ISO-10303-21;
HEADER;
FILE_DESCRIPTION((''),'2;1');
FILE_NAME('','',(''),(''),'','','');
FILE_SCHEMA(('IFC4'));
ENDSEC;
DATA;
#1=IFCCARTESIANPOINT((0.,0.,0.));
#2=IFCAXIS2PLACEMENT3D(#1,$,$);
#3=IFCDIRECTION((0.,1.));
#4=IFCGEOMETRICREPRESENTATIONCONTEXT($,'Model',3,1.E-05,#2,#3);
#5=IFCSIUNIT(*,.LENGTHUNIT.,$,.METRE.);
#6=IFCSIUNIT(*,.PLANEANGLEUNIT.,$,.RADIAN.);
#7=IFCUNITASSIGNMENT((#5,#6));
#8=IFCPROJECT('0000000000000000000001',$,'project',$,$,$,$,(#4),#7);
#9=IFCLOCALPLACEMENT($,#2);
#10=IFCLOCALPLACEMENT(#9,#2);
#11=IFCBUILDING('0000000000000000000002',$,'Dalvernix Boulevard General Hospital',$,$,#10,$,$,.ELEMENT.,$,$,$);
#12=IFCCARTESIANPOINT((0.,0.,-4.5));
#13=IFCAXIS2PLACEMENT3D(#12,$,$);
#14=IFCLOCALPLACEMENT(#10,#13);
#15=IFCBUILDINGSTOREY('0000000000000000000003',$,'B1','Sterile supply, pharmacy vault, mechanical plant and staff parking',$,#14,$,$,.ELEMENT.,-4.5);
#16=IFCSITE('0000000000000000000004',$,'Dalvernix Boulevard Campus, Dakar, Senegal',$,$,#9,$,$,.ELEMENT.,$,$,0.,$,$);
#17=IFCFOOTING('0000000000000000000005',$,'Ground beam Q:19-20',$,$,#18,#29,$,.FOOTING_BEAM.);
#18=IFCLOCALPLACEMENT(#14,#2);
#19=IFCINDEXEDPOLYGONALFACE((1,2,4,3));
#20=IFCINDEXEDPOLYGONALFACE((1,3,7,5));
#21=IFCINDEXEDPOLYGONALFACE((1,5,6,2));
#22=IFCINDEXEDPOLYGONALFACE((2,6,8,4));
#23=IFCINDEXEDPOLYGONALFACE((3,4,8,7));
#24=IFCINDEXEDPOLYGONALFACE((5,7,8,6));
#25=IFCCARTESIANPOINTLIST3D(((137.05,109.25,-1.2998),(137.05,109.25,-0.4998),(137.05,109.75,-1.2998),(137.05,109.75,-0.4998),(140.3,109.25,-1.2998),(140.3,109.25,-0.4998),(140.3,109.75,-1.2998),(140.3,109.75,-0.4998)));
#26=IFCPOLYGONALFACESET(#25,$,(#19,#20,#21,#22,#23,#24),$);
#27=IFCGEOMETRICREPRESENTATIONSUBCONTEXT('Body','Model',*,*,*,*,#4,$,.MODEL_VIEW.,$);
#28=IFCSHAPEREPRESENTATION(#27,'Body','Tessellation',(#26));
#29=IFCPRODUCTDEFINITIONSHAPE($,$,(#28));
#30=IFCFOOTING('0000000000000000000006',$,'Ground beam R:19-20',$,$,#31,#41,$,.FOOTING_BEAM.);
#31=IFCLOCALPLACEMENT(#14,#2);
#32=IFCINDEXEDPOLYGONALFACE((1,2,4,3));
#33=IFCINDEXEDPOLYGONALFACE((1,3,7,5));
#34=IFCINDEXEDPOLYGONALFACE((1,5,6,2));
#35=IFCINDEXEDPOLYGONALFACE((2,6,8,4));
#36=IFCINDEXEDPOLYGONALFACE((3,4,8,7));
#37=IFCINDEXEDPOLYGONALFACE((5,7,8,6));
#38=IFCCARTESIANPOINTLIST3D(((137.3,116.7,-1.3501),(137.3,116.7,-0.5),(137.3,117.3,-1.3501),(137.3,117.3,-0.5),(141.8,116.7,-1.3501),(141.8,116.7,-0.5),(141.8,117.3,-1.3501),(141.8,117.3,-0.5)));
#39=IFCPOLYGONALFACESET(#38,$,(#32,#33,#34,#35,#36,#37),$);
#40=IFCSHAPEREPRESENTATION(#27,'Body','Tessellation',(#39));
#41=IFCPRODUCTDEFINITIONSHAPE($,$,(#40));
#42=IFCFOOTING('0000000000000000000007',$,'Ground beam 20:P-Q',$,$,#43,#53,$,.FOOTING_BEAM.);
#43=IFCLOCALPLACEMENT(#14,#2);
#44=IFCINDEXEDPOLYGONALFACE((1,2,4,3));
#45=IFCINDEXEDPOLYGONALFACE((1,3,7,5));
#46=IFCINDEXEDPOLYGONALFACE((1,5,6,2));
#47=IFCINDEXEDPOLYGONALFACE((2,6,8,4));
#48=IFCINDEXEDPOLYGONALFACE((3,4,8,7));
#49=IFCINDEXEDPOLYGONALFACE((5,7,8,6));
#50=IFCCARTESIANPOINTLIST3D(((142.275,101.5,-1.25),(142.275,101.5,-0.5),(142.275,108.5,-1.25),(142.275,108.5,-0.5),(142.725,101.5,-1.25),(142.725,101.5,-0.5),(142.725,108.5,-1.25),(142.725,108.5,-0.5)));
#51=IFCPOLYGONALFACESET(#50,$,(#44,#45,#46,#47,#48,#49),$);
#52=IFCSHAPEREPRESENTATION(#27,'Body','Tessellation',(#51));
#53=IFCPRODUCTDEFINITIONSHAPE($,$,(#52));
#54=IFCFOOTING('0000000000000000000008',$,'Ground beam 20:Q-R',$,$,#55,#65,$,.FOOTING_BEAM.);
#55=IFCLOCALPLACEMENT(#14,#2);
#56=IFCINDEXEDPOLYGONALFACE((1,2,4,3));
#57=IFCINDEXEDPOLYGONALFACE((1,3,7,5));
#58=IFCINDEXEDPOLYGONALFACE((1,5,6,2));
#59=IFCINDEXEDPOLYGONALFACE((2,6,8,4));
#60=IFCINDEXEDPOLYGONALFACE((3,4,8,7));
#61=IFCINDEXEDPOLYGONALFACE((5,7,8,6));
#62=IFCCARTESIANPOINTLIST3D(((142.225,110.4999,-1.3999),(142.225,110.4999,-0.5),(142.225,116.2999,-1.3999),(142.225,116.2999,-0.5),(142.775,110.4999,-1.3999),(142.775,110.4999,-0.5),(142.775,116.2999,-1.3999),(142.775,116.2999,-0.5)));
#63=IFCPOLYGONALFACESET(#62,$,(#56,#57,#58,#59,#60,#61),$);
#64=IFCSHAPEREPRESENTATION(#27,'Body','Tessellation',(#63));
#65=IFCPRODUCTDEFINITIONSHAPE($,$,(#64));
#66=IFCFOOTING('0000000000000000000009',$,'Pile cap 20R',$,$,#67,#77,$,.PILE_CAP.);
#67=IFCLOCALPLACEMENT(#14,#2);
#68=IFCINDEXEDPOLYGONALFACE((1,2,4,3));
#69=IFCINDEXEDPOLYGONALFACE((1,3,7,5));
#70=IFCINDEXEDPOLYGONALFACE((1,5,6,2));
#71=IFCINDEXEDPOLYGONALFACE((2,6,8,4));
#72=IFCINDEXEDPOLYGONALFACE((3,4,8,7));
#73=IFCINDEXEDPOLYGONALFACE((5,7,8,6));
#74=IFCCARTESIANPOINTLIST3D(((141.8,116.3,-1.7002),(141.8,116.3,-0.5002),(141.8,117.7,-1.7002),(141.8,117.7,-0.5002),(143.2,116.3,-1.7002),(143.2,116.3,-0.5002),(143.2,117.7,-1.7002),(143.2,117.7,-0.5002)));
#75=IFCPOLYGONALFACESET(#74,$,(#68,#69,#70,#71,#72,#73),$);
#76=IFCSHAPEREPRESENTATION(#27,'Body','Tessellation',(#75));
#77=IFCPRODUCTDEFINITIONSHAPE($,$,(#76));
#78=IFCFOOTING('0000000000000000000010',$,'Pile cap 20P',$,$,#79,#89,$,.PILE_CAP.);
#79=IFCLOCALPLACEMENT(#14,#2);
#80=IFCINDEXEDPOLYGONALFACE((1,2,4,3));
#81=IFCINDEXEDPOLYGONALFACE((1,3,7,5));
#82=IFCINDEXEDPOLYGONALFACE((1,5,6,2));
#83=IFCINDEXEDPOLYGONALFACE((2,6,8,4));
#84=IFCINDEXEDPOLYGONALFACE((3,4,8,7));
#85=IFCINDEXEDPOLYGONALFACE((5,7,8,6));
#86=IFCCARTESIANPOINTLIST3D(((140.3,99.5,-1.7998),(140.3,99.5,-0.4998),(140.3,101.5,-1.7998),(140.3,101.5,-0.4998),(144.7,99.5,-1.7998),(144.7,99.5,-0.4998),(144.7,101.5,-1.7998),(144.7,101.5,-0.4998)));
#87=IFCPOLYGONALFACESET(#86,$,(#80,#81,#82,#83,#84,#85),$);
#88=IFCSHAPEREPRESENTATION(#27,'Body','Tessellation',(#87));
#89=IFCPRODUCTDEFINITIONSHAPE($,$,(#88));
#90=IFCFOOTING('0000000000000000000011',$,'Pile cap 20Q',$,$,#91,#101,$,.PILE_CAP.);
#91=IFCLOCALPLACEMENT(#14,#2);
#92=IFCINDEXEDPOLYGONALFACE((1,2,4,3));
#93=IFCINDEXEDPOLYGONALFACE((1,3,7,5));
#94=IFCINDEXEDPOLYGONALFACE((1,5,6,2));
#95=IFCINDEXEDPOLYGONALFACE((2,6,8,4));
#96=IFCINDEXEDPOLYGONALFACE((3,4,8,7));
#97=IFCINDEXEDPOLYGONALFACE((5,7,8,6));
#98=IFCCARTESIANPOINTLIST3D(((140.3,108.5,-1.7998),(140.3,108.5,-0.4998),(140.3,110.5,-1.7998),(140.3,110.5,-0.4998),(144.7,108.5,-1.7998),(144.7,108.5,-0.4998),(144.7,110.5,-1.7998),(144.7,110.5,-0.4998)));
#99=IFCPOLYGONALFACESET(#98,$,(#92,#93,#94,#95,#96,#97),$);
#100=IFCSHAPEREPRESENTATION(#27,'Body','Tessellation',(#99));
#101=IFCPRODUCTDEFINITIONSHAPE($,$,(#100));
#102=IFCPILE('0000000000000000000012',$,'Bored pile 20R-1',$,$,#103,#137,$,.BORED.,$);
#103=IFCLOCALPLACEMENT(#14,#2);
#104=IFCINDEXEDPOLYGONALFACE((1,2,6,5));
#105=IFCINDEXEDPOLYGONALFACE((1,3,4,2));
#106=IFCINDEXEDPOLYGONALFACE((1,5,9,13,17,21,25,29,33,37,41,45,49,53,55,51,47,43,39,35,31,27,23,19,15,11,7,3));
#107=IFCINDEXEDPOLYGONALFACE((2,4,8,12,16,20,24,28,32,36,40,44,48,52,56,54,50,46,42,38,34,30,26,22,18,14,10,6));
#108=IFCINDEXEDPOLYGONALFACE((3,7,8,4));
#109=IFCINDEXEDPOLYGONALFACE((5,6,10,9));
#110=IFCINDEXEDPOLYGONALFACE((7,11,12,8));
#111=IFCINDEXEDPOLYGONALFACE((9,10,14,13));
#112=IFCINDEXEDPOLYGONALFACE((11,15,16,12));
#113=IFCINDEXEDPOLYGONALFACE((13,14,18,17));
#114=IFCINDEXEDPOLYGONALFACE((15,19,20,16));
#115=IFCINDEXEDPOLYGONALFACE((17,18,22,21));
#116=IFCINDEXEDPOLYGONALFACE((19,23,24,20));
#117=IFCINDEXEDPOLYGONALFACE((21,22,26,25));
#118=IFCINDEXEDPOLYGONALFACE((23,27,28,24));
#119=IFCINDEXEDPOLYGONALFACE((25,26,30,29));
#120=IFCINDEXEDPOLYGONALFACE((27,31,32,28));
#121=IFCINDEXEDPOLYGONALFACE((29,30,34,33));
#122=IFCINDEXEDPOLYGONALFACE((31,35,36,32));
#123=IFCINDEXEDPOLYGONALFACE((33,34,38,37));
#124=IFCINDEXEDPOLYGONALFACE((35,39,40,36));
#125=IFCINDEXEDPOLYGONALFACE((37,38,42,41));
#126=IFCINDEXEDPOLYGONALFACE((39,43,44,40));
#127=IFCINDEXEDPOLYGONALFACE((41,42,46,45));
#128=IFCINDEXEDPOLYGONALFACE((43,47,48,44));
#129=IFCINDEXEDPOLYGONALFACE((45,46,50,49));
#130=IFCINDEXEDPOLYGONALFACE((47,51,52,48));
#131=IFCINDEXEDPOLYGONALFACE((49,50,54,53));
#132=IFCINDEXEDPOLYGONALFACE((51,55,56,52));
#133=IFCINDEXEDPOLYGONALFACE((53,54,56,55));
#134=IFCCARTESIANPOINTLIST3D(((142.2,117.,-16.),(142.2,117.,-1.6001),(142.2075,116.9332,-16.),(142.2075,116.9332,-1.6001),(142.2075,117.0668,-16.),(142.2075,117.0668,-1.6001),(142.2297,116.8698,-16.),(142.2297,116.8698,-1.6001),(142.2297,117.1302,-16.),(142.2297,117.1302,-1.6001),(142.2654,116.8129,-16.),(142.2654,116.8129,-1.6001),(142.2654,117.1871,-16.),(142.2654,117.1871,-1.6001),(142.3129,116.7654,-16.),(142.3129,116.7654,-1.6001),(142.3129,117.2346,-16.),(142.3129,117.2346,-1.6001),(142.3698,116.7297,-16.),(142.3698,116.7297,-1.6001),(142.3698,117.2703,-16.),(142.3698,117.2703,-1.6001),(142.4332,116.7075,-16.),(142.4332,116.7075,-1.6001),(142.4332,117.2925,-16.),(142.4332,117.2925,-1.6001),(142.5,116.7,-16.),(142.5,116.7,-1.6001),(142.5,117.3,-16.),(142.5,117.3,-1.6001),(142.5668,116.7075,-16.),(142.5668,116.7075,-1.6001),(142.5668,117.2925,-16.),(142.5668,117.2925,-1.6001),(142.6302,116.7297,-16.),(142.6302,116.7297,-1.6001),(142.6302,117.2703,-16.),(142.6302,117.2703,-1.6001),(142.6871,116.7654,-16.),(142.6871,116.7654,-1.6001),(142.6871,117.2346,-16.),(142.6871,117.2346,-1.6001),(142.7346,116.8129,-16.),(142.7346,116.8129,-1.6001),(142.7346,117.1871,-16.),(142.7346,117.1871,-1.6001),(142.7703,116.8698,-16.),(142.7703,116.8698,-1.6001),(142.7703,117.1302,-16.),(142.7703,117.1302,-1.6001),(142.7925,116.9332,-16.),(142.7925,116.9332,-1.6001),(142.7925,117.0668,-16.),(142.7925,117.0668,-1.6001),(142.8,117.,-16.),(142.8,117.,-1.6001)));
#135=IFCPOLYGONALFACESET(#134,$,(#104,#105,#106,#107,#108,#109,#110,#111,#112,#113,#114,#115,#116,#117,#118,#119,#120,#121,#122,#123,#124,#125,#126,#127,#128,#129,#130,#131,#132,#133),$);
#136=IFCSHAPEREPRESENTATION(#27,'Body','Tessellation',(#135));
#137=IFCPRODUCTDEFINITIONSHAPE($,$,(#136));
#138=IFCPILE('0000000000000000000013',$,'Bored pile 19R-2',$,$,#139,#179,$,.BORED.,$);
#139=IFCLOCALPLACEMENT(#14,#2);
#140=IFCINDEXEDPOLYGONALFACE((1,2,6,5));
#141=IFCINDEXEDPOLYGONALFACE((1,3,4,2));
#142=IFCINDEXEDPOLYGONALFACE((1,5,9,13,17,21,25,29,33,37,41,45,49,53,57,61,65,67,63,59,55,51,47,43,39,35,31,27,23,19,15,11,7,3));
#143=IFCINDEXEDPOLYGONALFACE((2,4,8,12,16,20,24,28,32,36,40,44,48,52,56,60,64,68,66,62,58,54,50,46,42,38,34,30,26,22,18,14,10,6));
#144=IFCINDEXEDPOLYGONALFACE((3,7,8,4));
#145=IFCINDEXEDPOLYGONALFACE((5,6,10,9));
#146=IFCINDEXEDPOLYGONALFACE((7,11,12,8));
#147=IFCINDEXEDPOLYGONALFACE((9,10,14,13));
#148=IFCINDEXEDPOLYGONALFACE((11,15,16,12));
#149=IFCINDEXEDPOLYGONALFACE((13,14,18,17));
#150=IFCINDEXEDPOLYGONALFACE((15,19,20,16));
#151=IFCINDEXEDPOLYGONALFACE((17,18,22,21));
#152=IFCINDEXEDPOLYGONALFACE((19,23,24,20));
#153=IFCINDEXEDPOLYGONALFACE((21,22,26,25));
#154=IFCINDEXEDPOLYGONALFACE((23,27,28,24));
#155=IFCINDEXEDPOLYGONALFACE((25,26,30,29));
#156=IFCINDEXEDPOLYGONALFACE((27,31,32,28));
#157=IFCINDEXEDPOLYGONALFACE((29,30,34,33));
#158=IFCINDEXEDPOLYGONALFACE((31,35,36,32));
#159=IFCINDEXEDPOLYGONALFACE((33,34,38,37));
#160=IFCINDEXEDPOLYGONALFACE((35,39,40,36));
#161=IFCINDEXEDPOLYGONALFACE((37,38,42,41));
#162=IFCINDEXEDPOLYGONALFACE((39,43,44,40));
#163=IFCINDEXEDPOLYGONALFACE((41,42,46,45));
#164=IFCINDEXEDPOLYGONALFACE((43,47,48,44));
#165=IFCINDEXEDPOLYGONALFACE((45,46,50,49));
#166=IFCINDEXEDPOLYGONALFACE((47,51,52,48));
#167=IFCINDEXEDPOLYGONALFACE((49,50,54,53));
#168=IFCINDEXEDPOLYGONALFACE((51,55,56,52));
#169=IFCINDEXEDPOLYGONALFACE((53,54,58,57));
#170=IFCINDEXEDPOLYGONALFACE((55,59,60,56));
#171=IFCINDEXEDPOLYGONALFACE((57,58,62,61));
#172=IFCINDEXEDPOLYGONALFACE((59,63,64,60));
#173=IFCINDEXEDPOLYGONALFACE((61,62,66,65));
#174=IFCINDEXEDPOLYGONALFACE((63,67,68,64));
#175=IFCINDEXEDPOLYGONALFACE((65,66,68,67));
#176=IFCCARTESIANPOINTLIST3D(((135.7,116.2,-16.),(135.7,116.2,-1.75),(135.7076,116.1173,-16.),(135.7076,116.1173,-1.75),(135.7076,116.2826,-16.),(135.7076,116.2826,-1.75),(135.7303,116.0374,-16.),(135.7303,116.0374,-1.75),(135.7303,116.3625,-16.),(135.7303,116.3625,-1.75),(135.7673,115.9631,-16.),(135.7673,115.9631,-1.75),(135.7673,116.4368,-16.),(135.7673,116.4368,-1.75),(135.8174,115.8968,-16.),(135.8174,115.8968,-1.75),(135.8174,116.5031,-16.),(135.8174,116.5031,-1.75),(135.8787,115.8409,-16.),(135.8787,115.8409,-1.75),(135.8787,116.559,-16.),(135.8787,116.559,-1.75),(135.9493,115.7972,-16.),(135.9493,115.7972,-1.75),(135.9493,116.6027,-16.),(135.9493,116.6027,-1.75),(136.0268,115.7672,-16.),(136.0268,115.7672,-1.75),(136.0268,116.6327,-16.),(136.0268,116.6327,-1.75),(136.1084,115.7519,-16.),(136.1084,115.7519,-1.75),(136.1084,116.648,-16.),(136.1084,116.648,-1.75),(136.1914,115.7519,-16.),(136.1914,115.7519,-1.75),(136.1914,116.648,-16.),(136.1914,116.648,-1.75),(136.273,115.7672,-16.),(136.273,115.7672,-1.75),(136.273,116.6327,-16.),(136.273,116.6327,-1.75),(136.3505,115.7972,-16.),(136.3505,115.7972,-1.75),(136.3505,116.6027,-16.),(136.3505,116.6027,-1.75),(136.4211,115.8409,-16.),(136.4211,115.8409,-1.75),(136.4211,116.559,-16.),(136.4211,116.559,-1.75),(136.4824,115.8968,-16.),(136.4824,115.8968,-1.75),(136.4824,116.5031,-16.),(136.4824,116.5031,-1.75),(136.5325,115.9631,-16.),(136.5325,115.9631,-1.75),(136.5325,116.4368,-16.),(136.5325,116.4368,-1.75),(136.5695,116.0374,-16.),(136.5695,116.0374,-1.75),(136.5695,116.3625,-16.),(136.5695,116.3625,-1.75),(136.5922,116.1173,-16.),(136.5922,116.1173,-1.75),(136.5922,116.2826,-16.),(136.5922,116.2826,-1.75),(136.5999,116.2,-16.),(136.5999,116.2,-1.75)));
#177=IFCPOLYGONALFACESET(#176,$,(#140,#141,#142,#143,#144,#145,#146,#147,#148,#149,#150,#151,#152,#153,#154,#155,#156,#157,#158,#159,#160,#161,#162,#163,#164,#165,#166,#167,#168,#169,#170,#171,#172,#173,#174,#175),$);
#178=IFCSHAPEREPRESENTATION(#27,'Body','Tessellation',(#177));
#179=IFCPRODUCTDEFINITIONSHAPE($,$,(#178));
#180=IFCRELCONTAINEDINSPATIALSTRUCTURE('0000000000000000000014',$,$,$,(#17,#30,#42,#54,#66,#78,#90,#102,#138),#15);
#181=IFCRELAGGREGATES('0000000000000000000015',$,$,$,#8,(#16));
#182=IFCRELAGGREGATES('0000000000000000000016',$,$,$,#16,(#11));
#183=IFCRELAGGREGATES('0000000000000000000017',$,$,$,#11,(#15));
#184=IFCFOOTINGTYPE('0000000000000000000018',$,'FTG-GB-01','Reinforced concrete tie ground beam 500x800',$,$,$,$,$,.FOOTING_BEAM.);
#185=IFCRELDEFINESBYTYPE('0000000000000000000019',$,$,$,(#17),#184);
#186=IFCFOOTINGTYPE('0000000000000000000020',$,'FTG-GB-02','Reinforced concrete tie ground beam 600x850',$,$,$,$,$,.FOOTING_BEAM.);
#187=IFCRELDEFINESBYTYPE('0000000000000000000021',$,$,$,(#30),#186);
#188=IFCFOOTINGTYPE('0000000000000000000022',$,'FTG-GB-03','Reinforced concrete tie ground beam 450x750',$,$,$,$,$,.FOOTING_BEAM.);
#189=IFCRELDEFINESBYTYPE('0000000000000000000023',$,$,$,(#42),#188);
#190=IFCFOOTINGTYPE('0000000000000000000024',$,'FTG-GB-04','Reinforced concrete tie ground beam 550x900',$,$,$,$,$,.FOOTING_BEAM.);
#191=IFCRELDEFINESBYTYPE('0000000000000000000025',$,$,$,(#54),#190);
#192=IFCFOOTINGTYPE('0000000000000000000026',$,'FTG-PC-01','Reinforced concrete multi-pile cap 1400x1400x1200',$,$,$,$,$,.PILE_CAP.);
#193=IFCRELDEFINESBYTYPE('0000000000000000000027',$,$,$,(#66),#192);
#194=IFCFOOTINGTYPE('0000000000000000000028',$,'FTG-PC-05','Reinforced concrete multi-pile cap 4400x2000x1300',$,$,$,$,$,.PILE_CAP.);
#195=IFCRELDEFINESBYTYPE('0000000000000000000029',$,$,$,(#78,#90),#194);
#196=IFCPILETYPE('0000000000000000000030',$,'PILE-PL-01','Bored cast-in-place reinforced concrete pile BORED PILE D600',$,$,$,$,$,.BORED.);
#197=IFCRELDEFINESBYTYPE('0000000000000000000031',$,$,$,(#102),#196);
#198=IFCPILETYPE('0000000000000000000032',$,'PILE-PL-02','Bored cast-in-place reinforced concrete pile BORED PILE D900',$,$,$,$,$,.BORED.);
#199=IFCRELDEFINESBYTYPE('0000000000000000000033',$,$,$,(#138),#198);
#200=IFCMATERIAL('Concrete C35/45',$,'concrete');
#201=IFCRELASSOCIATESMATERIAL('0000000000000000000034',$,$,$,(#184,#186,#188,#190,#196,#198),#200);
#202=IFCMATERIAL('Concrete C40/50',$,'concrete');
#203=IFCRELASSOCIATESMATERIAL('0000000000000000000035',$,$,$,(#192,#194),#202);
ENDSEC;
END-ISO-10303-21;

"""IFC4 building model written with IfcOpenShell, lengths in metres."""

from ifc_helpers import new_model, si_unit, direction, frame, origin, origin_2d, place, context, subcontext, project, spatial, rectangle, circle, extrude, material, material_profile, profile_set, type_object, element, save


model = new_model("IFC4")

# Units and contexts
model_context = context("Model", 3, precision=1e-05, world=origin(), true_north=direction((0.0, 1.0)))
body_context = subcontext(model_context, "Body", "Model", "MODEL_VIEW")
ifc_project = project(units=[si_unit("LENGTHUNIT", "METRE"), si_unit("PLANEANGLEUNIT", "RADIAN")], contexts=[model_context])

# Site, building, storey
site_placement = place(None, origin())
site = spatial("IfcSite", under=ifc_project, at=site_placement, Name="Dalvernix Boulevard Campus, Dakar, Senegal", CompositionType="ELEMENT", RefElevation=0.0)
building_placement = place(site_placement, origin())
building = spatial("IfcBuilding", under=site, at=building_placement, Name="Dalvernix Boulevard General Hospital", CompositionType="ELEMENT")
storey_placement = place(building_placement, frame((0.0, 0.0, -4.5)))
storey = spatial("IfcBuildingStorey", under=building, at=storey_placement, Name="B1", Description="Sterile supply, pharmacy vault, mechanical plant and staff parking", CompositionType="ELEMENT", Elevation=-4.5)

# Footings
ifc_material_1 = material(Name="Concrete C35/45", Category="concrete")
footing_type_1 = type_object("IfcFootingType", Name="FTG-GB-01", Description="Reinforced concrete tie ground beam 500x800", PredefinedType="FOOTING_BEAM", material=ifc_material_1)
footing_1_placement = place(storey_placement, frame((138.675, 109.5, -1.2998), z_axis=(0.0, 0.0, 1.0), x_axis=(1.0, 0.0, 0.0)))
element("IfcFooting", 1, at=footing_1_placement, inside=storey, type_object=footing_type_1, Name="Ground beam Q:19-20", PredefinedType="FOOTING_BEAM", context=body_context, shape_type="SweptSolid", body=[
    extrude(rectangle(XDim=3.25, YDim=0.5, at=origin_2d()), origin(), (0.0, 0.0, 1.0), 0.8),
])
footing_type_2 = type_object("IfcFootingType", Name="FTG-GB-02", Description="Reinforced concrete tie ground beam 600x850", PredefinedType="FOOTING_BEAM", material=ifc_material_1)
footing_2_placement = place(storey_placement, frame((139.55, 117.0, -1.3501), z_axis=(0.0, 0.0, 1.0), x_axis=(1.0, 0.0, 0.0)))
element("IfcFooting", 2, at=footing_2_placement, inside=storey, type_object=footing_type_2, Name="Ground beam R:19-20", PredefinedType="FOOTING_BEAM", context=body_context, shape_type="SweptSolid", body=[
    extrude(rectangle(XDim=4.5, YDim=0.6001, at=origin_2d()), origin(), (0.0, 0.0, 1.0), 0.8501),
])
footing_type_3 = type_object("IfcFootingType", Name="FTG-GB-03", Description="Reinforced concrete tie ground beam 450x750", PredefinedType="FOOTING_BEAM", material=ifc_material_1)
footing_3_placement = place(storey_placement, frame((142.5, 105.0, -1.25), z_axis=(0.0, 0.0, 1.0), x_axis=(0.0, 1.0, 0.0)))
element("IfcFooting", 3, at=footing_3_placement, inside=storey, type_object=footing_type_3, Name="Ground beam 20:P-Q", PredefinedType="FOOTING_BEAM", context=body_context, shape_type="SweptSolid", body=[
    extrude(rectangle(XDim=7.0, YDim=0.45, at=origin_2d()), origin(), (0.0, 0.0, 1.0), 0.75),
])
footing_type_4 = type_object("IfcFootingType", Name="FTG-GB-04", Description="Reinforced concrete tie ground beam 550x900", PredefinedType="FOOTING_BEAM", material=ifc_material_1)
footing_4_placement = place(storey_placement, frame((142.5, 113.3999, -1.3999), z_axis=(0.0, 0.0, 1.0), x_axis=(0.0, 1.0, 0.0)))
element("IfcFooting", 4, at=footing_4_placement, inside=storey, type_object=footing_type_4, Name="Ground beam 20:Q-R", PredefinedType="FOOTING_BEAM", context=body_context, shape_type="SweptSolid", body=[
    extrude(rectangle(XDim=5.8, YDim=0.55, at=origin_2d()), origin(), (0.0, 0.0, 1.0), 0.8999),
])
ifc_material_2 = material(Name="Concrete C40/50", Category="concrete")
footing_type_5 = type_object("IfcFootingType", Name="FTG-PC-01", Description="Reinforced concrete multi-pile cap 1400x1400x1200", PredefinedType="PILE_CAP", material=ifc_material_2)
footing_5_placement = place(storey_placement, frame((142.5, 117.0, -1.7002), z_axis=(0.0, 0.0, 1.0), x_axis=(1.0, 0.0, 0.0)))
element("IfcFooting", 5, at=footing_5_placement, inside=storey, type_object=footing_type_5, Name="Pile cap 20R", PredefinedType="PILE_CAP", context=body_context, shape_type="SweptSolid", body=[
    extrude(rectangle(XDim=1.3999, YDim=1.3999, at=origin_2d()), origin(), (0.0, 0.0, 1.0), 1.2),
])
footing_type_6 = type_object("IfcFootingType", Name="FTG-PC-05", Description="Reinforced concrete multi-pile cap 4400x2000x1300", PredefinedType="PILE_CAP", material=ifc_material_2)
for number, where, z_axis, x_axis, name in (
    (6, (142.5, 100.5, -1.7998), (0.0, 0.0, 1.0), (1.0, 0.0, 0.0), "Pile cap 20P"),
    (7, (142.5, 109.5, -1.7998), (0.0, 0.0, 1.0), (1.0, 0.0, 0.0), "Pile cap 20Q"),
):
    element("IfcFooting", number, at=place(storey_placement, frame(where, z_axis=z_axis, x_axis=x_axis)), inside=storey, type_object=footing_type_6, Name=name, PredefinedType="PILE_CAP", context=body_context, shape_type="SweptSolid", body=[
        extrude(rectangle(XDim=4.3999, YDim=2.0, at=origin_2d()), origin(), (0.0, 0.0, 1.0), 1.3),
    ])

# Piles
ifc_material_profile_1 = material_profile(ifc_material_1, circle(Radius=0.3, at=origin_2d()), Name="BORED PILE D600")
ifc_profile_set_1 = profile_set([ifc_material_profile_1], Name="Concrete C35/45")
pile_type_1 = type_object("IfcPileType", Name="PILE-PL-01", Description="Bored cast-in-place reinforced concrete pile BORED PILE D600", PredefinedType="BORED", material=ifc_profile_set_1)
pile_1_placement = place(storey_placement, frame((142.5, 117.0, -1.6001), z_axis=(0.0, 0.0, -1.0), x_axis=(1.0, 0.0, 0.0)))
element("IfcPile", 8, at=pile_1_placement, inside=storey, type_object=pile_type_1, Name="Bored pile 20R-1", PredefinedType="BORED", context=body_context, shape_type="SweptSolid", body=[
    extrude(circle(Radius=0.3, at=origin_2d()), origin(), (0.0, 0.0, 1.0), 14.3999),
])
ifc_material_profile_2 = material_profile(ifc_material_1, circle(Radius=0.45, at=origin_2d()), Name="BORED PILE D900")
ifc_profile_set_2 = profile_set([ifc_material_profile_2], Name="Concrete C35/45")
pile_type_2 = type_object("IfcPileType", Name="PILE-PL-02", Description="Bored cast-in-place reinforced concrete pile BORED PILE D900", PredefinedType="BORED", material=ifc_profile_set_2)
pile_2_placement = place(storey_placement, frame((136.1499, 116.2, -1.75), z_axis=(0.0, 0.0, -1.0), x_axis=(1.0, 0.0, 0.0)))
element("IfcPile", 9, at=pile_2_placement, inside=storey, type_object=pile_type_2, Name="Bored pile 19R-2", PredefinedType="BORED", context=body_context, shape_type="SweptSolid", body=[
    extrude(circle(Radius=0.45, at=origin_2d()), origin(), (0.0, 0.0, 1.0), 14.25),
])

save(model, "model.ifc")
